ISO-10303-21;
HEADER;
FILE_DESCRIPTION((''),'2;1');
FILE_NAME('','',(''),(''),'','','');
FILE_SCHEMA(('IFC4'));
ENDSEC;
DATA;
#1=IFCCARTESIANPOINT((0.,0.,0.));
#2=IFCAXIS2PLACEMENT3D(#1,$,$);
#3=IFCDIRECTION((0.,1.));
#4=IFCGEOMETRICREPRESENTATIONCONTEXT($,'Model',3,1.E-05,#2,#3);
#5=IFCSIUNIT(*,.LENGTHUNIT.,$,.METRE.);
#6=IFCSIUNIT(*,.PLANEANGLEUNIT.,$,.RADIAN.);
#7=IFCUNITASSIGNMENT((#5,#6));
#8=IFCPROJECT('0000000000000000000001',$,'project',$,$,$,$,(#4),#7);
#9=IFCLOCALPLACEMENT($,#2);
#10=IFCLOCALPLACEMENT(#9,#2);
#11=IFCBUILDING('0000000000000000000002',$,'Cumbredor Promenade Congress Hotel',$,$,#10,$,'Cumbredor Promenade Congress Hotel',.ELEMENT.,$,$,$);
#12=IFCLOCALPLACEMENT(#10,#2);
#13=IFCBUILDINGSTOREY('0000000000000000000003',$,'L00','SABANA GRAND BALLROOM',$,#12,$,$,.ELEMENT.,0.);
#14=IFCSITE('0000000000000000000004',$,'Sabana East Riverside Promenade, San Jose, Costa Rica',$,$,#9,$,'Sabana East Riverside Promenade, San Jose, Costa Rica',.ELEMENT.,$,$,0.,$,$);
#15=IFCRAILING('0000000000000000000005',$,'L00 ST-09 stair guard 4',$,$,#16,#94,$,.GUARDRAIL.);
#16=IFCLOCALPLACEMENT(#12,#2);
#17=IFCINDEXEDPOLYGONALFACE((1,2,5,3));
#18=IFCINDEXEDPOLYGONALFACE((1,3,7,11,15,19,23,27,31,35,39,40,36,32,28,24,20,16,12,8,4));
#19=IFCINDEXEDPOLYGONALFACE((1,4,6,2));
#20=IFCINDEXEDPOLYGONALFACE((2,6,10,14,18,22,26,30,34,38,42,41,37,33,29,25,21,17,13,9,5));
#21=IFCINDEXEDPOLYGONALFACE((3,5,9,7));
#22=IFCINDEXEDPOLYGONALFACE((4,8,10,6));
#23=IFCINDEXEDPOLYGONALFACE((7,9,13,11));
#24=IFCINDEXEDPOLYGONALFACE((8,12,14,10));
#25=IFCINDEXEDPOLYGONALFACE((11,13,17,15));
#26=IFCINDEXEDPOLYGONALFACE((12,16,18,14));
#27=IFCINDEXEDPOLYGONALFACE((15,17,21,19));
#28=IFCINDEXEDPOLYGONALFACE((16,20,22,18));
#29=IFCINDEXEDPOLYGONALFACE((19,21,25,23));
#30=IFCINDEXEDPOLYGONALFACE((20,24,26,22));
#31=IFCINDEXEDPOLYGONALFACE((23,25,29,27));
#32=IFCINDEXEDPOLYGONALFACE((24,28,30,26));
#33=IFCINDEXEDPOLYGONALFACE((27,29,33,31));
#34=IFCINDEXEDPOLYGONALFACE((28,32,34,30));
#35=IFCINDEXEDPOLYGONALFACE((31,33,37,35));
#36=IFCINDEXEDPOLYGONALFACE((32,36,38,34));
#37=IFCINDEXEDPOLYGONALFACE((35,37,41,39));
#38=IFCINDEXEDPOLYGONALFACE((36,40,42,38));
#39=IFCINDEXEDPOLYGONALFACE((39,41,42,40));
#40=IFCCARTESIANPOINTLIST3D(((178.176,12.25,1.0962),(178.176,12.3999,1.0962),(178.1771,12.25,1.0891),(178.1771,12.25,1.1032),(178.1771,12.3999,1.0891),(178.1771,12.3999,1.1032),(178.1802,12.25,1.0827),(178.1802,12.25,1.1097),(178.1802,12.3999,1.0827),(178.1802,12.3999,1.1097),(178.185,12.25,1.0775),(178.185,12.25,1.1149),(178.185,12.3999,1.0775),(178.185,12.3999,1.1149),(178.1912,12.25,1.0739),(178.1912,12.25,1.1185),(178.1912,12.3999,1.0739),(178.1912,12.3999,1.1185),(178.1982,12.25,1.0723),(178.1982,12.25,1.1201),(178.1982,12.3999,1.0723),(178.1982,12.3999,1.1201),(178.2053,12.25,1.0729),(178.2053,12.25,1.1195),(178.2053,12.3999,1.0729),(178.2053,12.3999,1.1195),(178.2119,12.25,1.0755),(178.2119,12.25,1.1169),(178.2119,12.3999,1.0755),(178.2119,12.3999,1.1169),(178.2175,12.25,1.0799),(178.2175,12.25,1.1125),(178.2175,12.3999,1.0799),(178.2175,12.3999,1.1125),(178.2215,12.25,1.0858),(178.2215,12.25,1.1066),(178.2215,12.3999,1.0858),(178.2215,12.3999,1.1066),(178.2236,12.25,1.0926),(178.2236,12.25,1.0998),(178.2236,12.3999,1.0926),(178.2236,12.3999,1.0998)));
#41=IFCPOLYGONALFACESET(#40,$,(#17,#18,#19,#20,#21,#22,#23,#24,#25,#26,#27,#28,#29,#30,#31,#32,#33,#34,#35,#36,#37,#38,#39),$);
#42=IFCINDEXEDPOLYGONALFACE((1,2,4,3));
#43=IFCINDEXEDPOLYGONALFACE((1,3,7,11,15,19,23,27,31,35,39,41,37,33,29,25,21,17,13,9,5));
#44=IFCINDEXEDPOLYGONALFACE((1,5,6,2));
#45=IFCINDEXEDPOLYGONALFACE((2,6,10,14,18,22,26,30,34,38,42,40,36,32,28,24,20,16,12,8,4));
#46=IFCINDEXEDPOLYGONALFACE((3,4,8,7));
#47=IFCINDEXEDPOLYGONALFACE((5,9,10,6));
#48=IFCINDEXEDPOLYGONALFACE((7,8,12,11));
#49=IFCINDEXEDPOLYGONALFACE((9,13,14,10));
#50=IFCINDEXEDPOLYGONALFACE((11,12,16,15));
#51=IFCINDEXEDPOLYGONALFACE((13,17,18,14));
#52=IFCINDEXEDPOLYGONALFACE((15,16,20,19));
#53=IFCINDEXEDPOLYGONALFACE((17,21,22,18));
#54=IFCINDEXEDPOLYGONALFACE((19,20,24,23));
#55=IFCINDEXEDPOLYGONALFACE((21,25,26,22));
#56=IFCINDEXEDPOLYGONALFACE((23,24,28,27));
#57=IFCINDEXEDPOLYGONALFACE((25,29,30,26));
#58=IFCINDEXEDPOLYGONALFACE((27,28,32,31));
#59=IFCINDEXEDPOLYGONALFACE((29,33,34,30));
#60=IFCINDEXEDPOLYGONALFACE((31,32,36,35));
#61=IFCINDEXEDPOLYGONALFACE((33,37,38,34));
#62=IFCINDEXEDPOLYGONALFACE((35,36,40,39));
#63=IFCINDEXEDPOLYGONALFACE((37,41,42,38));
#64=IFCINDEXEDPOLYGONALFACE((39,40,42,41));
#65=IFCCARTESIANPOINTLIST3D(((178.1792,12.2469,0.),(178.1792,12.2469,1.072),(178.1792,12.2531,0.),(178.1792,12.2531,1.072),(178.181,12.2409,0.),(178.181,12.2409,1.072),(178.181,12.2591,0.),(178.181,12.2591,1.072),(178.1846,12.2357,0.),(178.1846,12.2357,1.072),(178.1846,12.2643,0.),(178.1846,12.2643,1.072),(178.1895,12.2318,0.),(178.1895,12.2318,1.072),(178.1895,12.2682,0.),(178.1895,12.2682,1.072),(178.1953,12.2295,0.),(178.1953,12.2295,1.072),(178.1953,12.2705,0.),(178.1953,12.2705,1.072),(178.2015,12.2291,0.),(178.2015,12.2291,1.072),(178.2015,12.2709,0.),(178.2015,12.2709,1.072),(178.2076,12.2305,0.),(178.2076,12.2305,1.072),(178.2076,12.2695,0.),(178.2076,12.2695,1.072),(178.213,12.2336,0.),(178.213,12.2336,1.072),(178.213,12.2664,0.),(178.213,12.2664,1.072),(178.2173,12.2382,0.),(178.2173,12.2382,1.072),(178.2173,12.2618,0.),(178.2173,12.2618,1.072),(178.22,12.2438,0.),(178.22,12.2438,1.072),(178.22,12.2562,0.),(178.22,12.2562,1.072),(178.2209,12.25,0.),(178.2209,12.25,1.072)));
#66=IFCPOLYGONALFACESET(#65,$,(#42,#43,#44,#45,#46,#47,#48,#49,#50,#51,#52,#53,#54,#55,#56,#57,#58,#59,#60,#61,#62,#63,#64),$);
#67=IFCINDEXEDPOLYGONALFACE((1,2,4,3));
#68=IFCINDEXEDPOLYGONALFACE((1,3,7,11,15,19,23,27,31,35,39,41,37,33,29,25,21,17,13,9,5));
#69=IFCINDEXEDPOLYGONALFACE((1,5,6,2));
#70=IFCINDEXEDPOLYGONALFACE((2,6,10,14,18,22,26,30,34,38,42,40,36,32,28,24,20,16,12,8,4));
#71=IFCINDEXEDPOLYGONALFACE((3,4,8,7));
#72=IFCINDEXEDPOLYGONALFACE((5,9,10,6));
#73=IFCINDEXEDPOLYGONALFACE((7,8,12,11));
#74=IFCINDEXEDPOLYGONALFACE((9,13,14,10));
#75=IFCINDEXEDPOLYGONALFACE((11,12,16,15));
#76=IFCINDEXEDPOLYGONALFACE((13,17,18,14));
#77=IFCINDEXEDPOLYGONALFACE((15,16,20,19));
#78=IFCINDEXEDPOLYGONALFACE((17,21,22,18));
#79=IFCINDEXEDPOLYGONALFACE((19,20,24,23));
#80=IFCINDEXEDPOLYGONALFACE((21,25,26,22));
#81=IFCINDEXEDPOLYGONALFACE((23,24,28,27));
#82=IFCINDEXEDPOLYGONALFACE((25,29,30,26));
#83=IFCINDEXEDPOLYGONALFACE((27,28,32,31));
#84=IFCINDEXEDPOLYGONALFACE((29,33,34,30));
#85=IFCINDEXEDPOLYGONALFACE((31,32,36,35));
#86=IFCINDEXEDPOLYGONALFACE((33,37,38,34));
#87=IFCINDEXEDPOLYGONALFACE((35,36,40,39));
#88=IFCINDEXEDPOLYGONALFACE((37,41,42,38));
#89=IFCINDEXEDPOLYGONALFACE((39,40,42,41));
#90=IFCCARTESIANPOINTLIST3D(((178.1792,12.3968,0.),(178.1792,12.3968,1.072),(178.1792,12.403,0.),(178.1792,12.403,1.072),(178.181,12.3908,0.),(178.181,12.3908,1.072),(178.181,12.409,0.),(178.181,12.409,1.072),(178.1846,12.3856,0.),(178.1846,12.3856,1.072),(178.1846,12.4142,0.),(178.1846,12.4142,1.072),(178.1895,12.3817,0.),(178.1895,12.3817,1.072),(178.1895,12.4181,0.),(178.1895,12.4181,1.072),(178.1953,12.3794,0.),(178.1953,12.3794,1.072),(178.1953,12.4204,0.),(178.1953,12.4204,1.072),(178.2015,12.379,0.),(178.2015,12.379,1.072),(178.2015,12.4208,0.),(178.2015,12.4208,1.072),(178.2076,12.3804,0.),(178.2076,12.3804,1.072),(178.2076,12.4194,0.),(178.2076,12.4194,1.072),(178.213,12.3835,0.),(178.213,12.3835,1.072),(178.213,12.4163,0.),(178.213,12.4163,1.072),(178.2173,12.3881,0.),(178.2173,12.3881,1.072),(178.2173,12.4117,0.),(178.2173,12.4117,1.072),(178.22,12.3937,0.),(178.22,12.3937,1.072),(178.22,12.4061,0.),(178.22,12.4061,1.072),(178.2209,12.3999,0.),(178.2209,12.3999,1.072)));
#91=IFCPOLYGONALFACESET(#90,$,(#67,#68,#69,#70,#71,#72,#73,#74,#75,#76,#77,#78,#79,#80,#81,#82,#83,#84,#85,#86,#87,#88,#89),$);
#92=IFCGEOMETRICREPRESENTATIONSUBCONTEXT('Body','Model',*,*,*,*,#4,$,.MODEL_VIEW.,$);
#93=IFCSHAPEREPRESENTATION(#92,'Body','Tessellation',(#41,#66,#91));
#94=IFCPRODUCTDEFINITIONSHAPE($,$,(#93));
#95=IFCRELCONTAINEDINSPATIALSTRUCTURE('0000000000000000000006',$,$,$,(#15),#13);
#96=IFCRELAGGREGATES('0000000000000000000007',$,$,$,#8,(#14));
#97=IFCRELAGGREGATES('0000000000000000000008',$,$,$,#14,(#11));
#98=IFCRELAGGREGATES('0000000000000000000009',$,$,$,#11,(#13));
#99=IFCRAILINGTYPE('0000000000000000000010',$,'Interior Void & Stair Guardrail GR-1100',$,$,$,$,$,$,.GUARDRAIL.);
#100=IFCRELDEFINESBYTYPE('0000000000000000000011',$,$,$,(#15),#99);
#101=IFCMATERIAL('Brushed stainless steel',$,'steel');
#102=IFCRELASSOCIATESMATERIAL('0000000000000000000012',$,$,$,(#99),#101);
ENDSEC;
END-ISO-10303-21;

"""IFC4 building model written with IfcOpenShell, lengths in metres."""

from ifc_helpers import new_model, si_unit, direction, frame, origin, origin_2d, place, context, subcontext, project, spatial, circle, extrude, material, type_object, element, save


model = new_model("IFC4")

# Units and contexts
model_context = context("Model", 3, precision=1e-05, world=origin(), true_north=direction((0.0, 1.0)))
body_context = subcontext(model_context, "Body", "Model", "MODEL_VIEW")
ifc_project = project(units=[si_unit("LENGTHUNIT", "METRE"), si_unit("PLANEANGLEUNIT", "RADIAN")], contexts=[model_context])

# Site, building, storey
site_placement = place(None, origin())
site = spatial("IfcSite", under=ifc_project, at=site_placement, Name="Sabana East Riverside Promenade, San Jose, Costa Rica", LongName="Sabana East Riverside Promenade, San Jose, Costa Rica", CompositionType="ELEMENT", RefElevation=0.0)
building_placement = place(site_placement, origin())
building = spatial("IfcBuilding", under=site, at=building_placement, Name="Cumbredor Promenade Congress Hotel", LongName="Cumbredor Promenade Congress Hotel", CompositionType="ELEMENT")
storey_placement = place(building_placement, origin())
storey = spatial("IfcBuildingStorey", under=building, at=storey_placement, Name="L00", Description="SABANA GRAND BALLROOM", CompositionType="ELEMENT", Elevation=0.0)

# Railing
ifc_material_1 = material(Name="Brushed stainless steel", Category="steel")
railing_type_1 = type_object("IfcRailingType", Name="Interior Void & Stair Guardrail GR-1100", PredefinedType="GUARDRAIL", material=ifc_material_1)
railing_1_placement = place(storey_placement, frame((178.2, 12.25, 0.0)))
element("IfcRailing", 1, at=railing_1_placement, inside=storey, type_object=railing_type_1, Name="L00 ST-09 stair guard 4", PredefinedType="GUARDRAIL", context=body_context, shape_type="SweptSolid", body=[
    extrude(circle(Radius=0.0239, at=origin_2d()), frame((0.0, 0.0, 1.0962), z_axis=(0.0, 1.0, 0.0), x_axis=(-1.0, 0.0, 0.0)), (0.0, 0.0, 1.0), 0.1499),
    extrude(circle(Radius=0.021, at=origin_2d()), origin(), (0.0, 0.0, 1.0), 1.072),
    extrude(circle(Radius=0.021, at=origin_2d()), frame((0.0, 0.1499, 0.0)), (0.0, 0.0, 1.0), 1.072),
])

save(model, "model.ifc")
